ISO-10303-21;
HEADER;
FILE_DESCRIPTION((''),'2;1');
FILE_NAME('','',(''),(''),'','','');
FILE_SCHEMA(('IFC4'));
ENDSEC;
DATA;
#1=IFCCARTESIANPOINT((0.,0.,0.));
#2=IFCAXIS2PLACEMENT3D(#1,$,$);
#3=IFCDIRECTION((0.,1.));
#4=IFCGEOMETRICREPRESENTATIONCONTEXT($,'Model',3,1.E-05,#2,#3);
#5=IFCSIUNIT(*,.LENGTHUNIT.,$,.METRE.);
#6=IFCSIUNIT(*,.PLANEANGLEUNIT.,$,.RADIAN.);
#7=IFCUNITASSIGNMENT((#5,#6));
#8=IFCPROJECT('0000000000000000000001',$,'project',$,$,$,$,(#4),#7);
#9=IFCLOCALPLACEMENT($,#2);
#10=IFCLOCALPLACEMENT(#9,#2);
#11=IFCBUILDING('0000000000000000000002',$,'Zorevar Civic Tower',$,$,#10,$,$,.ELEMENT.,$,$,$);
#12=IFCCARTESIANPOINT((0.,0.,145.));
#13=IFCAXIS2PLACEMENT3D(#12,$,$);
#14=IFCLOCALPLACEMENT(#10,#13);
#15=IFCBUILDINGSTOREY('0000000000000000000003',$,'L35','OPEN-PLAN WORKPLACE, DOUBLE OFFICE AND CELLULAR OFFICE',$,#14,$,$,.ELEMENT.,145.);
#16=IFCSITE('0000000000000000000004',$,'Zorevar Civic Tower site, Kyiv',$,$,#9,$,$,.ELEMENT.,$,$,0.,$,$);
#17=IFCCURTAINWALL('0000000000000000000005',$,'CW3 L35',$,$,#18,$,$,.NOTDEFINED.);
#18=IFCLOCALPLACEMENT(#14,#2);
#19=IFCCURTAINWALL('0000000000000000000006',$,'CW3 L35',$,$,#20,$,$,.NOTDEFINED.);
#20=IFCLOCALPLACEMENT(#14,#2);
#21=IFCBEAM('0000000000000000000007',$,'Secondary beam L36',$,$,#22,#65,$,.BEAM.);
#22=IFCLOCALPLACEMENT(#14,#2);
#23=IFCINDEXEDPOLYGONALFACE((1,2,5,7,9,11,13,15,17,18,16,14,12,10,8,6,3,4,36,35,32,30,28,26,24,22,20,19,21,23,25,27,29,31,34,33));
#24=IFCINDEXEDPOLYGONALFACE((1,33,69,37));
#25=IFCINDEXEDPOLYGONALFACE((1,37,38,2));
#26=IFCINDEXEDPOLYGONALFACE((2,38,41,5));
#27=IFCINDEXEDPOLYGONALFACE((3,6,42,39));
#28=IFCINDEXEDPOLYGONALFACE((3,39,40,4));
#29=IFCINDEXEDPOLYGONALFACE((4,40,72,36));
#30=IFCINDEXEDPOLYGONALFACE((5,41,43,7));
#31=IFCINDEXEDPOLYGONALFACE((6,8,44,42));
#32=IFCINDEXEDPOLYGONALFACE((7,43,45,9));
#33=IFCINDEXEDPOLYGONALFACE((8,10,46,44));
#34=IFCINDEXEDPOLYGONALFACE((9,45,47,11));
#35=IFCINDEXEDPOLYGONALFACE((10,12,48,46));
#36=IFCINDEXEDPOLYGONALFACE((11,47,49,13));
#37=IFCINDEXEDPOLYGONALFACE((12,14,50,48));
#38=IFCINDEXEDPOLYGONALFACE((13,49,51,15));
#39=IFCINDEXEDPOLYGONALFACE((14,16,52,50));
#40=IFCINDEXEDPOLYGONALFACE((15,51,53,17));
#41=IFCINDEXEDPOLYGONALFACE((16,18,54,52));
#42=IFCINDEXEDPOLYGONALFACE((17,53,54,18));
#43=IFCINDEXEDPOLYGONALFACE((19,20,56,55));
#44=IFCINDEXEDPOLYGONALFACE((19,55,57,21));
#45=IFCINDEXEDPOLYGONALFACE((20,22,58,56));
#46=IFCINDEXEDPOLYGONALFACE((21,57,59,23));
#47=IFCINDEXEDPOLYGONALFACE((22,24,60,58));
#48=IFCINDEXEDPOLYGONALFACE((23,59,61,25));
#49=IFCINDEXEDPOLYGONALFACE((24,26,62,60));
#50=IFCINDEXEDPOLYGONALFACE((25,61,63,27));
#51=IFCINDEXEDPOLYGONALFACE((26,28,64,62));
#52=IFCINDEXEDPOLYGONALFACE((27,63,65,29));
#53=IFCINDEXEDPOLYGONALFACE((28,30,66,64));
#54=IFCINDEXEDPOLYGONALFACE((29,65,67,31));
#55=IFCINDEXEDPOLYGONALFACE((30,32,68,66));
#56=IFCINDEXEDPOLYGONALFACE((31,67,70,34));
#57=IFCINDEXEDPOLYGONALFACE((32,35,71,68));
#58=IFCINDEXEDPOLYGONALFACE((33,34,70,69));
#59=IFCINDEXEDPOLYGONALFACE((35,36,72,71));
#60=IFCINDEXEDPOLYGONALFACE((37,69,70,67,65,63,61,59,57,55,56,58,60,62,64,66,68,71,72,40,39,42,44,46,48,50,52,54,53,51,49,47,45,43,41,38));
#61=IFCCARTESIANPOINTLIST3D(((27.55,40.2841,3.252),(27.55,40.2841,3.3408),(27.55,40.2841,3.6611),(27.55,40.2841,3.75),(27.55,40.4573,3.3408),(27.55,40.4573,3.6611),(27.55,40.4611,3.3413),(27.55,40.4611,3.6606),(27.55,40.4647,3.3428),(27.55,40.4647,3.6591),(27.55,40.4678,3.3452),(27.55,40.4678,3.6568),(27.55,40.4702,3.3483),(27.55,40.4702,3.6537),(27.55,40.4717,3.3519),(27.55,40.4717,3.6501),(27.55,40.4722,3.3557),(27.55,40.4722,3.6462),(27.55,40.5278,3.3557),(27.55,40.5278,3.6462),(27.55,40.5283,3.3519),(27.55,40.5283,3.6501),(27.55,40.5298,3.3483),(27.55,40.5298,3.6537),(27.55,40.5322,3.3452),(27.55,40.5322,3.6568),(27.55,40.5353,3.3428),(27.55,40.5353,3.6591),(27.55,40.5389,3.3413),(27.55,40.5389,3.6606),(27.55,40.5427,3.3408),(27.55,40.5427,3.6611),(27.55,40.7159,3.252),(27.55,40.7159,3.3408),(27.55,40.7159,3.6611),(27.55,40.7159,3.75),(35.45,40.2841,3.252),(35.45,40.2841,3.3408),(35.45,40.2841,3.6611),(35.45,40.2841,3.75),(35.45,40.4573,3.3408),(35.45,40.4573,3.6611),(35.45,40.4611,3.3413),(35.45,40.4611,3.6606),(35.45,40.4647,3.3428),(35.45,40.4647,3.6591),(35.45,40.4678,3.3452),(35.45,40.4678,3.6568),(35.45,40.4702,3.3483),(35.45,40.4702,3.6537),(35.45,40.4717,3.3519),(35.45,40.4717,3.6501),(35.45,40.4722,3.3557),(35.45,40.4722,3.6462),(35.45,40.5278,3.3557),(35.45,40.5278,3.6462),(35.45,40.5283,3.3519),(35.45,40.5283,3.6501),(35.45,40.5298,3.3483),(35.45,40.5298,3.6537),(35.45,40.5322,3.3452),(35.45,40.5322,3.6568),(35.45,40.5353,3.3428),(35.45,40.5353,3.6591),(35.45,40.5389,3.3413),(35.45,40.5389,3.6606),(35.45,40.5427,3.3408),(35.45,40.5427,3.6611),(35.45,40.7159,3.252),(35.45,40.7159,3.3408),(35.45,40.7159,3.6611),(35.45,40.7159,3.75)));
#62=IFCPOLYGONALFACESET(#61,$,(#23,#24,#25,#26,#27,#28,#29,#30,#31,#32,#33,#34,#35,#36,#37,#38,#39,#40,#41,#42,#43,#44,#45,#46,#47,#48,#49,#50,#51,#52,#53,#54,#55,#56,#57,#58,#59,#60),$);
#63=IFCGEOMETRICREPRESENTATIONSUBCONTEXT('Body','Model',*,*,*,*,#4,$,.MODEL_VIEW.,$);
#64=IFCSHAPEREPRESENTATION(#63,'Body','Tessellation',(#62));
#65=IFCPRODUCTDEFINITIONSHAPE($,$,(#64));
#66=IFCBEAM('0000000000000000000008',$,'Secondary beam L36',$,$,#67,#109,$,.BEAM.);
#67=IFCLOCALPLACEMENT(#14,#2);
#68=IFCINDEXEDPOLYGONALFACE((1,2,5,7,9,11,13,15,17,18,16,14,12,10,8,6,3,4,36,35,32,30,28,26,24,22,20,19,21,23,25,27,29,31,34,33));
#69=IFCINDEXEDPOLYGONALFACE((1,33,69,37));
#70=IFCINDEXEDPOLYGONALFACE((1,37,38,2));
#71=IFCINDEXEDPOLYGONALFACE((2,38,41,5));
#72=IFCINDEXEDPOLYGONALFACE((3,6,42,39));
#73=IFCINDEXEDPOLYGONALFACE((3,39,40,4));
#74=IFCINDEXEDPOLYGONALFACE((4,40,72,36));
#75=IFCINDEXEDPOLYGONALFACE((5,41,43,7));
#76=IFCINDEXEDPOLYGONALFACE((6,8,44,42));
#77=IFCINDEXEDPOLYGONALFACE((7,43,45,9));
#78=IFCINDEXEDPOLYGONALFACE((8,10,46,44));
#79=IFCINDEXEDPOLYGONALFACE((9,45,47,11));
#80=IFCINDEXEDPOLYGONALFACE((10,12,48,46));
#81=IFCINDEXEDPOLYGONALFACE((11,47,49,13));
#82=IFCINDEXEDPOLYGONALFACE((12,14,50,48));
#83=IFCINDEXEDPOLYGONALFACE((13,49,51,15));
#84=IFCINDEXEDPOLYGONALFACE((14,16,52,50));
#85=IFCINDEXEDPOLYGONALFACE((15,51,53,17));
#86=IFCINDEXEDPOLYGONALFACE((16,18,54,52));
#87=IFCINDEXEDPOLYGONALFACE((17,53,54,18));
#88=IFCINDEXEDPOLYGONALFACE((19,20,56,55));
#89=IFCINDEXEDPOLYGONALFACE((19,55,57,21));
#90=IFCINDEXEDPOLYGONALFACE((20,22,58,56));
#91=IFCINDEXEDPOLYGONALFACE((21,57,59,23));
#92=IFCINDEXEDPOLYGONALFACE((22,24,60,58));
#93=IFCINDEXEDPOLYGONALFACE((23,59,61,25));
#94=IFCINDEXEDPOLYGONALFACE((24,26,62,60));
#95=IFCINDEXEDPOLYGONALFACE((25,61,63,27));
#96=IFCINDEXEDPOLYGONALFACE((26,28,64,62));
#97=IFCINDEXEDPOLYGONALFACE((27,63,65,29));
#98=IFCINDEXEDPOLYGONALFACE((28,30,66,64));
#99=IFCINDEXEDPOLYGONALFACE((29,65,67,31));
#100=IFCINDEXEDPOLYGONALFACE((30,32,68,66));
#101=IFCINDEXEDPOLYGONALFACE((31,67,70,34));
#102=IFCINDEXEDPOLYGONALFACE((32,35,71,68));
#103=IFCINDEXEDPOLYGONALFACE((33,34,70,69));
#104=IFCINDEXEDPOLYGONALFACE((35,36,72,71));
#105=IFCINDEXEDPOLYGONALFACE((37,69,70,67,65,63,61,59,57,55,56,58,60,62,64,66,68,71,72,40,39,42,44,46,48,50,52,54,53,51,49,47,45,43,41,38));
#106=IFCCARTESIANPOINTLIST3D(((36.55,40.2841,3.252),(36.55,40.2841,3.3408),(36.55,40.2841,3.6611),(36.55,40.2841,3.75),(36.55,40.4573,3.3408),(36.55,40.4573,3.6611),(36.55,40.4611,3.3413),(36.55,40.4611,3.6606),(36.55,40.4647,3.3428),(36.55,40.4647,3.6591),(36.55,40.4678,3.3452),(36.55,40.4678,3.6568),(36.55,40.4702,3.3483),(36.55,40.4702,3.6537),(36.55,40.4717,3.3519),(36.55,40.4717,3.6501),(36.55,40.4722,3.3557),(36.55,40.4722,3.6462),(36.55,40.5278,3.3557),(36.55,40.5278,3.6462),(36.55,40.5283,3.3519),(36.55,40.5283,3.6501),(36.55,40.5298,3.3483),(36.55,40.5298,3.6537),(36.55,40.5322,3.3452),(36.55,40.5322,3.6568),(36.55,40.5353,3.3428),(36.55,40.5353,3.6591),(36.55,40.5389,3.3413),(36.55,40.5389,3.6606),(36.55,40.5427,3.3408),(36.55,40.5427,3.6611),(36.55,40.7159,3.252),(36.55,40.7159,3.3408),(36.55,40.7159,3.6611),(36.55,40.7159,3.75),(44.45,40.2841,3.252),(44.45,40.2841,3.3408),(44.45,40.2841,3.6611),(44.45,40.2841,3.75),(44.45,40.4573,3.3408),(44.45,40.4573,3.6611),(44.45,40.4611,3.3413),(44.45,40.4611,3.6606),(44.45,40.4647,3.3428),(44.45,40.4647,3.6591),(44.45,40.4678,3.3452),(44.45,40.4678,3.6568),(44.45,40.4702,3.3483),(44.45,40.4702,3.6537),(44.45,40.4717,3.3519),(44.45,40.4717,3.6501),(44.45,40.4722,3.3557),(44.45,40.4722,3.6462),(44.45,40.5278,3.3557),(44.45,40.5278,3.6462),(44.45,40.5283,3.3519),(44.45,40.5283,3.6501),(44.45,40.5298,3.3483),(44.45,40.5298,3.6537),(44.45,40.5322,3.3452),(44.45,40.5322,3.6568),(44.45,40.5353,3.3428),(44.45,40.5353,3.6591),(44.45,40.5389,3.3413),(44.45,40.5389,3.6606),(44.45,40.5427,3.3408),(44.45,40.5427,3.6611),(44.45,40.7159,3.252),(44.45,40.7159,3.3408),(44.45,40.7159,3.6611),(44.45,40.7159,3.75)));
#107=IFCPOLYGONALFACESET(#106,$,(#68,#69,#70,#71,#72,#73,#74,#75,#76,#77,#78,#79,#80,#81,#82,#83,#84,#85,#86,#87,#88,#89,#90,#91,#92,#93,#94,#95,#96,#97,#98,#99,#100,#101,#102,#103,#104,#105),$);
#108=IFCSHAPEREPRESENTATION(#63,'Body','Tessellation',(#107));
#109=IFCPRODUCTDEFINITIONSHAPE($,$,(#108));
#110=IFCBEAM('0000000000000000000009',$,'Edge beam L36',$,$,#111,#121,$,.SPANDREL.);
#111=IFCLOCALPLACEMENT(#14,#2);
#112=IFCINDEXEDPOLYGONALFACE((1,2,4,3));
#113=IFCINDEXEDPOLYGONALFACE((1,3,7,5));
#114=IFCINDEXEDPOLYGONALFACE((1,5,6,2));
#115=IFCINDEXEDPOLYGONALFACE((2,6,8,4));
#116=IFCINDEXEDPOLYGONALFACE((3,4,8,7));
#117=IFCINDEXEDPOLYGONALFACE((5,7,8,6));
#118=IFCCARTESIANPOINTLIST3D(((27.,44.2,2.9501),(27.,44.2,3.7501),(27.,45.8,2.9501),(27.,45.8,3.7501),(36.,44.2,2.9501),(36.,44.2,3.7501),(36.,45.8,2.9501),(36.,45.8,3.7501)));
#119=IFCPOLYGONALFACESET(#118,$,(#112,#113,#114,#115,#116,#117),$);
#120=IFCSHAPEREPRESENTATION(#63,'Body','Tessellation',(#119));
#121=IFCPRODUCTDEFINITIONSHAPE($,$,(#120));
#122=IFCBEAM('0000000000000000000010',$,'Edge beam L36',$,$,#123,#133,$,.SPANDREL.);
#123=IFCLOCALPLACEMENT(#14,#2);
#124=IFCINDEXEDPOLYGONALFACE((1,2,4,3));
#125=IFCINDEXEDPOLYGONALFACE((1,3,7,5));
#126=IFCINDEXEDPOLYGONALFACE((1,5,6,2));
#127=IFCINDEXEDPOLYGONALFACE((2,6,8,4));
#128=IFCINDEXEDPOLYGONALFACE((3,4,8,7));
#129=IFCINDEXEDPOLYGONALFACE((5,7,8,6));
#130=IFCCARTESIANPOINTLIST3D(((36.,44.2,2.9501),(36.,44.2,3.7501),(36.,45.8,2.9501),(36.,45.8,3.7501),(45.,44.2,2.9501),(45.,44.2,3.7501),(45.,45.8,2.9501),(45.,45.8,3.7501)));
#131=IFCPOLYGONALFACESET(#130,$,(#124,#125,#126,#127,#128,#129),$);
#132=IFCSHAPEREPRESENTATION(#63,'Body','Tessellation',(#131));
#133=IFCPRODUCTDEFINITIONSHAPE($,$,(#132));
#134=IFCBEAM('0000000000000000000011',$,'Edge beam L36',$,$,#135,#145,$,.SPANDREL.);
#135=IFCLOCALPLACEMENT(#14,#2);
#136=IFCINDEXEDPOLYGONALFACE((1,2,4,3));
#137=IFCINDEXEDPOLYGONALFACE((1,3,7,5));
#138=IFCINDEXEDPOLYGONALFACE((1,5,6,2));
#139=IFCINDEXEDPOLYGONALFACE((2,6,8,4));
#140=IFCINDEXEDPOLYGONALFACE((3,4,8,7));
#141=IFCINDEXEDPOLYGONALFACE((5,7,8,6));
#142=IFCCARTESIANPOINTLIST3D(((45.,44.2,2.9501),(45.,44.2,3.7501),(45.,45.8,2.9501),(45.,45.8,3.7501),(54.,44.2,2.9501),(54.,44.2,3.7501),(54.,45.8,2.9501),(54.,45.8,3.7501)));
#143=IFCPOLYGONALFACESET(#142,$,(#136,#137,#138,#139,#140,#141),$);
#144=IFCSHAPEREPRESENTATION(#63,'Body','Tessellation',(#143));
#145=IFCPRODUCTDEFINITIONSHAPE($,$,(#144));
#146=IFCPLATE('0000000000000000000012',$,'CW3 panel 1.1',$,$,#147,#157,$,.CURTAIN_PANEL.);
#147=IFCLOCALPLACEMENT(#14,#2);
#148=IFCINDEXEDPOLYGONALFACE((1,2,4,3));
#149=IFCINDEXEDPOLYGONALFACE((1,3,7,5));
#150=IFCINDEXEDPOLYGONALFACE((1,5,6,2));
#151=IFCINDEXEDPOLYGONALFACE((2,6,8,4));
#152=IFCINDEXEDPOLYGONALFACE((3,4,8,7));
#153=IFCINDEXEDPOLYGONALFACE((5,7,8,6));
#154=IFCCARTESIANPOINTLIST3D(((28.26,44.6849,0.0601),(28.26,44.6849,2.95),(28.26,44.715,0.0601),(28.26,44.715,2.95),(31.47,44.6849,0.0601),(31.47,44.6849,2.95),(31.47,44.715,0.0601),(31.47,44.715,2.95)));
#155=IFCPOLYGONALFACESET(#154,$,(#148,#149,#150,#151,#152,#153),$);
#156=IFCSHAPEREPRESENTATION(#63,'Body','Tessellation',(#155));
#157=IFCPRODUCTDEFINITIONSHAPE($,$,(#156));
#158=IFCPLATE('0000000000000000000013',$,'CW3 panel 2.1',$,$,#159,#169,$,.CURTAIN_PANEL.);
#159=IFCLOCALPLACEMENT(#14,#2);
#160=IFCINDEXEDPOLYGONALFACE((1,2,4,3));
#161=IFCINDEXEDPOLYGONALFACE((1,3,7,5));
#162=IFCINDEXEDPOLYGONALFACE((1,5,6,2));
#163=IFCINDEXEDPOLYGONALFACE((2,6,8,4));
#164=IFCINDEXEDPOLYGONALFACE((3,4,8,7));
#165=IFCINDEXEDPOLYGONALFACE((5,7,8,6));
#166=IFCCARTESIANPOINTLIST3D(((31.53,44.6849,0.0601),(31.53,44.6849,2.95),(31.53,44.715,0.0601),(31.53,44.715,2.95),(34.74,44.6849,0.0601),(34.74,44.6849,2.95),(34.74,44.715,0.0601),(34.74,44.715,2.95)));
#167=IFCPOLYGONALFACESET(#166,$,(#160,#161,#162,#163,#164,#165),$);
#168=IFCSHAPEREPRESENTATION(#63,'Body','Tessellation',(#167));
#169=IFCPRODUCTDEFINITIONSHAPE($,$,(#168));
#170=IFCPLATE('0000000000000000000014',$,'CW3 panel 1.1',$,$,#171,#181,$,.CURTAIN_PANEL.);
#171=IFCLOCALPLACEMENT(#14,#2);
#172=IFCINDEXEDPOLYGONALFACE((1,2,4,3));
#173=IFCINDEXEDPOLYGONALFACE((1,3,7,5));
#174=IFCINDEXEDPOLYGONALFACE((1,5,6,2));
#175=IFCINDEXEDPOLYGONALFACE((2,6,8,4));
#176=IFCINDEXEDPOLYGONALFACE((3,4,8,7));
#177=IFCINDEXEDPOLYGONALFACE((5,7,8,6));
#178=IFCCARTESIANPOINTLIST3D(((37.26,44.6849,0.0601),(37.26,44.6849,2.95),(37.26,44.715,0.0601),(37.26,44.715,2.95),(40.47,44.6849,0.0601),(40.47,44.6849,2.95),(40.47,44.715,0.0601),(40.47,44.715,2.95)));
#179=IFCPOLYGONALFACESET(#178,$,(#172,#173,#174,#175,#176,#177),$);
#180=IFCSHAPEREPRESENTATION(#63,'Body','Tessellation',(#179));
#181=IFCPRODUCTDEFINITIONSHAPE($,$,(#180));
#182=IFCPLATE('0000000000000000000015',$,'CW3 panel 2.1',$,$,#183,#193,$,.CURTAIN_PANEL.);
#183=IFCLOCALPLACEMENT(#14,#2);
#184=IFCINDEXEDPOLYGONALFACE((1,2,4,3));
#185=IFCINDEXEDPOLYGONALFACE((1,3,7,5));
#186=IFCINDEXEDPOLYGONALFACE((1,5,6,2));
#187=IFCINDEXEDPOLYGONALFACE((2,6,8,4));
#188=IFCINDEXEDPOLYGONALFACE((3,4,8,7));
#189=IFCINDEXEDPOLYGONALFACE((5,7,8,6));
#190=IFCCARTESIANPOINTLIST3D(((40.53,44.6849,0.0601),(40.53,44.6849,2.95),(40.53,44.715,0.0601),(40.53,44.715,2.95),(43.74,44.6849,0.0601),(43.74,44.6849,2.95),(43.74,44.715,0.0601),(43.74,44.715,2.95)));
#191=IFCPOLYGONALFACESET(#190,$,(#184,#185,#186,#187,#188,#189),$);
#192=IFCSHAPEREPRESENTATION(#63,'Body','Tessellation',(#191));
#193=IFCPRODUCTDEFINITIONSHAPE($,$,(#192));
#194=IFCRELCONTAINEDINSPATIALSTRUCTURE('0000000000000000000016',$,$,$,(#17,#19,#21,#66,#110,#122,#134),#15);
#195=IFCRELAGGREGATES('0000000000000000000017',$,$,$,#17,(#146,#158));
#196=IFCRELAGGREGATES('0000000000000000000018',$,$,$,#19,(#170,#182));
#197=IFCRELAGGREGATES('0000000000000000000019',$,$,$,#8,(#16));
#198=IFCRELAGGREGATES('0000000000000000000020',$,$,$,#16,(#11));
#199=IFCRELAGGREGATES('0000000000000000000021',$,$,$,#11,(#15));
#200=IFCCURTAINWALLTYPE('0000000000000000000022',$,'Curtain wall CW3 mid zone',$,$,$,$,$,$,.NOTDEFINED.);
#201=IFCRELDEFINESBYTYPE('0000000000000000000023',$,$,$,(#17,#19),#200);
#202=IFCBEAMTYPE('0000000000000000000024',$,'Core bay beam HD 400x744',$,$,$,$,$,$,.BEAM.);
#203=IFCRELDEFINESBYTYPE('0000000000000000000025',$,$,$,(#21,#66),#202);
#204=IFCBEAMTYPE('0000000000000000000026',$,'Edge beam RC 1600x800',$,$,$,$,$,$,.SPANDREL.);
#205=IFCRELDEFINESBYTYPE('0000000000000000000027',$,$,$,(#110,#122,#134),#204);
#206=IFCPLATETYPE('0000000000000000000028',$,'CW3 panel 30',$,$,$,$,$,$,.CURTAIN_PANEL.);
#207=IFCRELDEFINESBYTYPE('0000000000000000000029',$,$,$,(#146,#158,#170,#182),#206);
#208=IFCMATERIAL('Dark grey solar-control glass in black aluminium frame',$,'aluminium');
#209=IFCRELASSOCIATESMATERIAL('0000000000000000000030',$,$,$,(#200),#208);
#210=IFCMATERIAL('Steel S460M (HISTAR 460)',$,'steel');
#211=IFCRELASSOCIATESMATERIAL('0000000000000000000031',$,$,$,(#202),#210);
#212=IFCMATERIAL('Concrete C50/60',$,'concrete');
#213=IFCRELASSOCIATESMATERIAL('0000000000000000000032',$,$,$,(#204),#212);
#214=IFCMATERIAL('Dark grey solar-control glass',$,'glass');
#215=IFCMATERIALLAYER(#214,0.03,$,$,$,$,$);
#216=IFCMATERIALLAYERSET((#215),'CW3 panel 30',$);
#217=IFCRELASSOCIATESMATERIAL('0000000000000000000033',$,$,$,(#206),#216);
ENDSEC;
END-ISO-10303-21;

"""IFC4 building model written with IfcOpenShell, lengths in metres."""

from ifc_helpers import new_model, si_unit, direction, frame, origin, origin_2d, place, context, subcontext, project, spatial, rectangle, i_section, extrude, material, layer, layer_set, material_profile, profile_set, type_object, element, aggregate, save


model = new_model("IFC4")

# Units and contexts
model_context = context("Model", 3, precision=1e-05, world=origin(), true_north=direction((0.0, 1.0)))
body_context = subcontext(model_context, "Body", "Model", "MODEL_VIEW")
ifc_project = project(units=[si_unit("LENGTHUNIT", "METRE"), si_unit("PLANEANGLEUNIT", "RADIAN")], contexts=[model_context])

# Site, building, storey
site_placement = place(None, origin())
site = spatial("IfcSite", under=ifc_project, at=site_placement, Name="Zorevar Civic Tower site, Kyiv", CompositionType="ELEMENT", RefElevation=0.0)
building_placement = place(site_placement, origin())
building = spatial("IfcBuilding", under=site, at=building_placement, Name="Zorevar Civic Tower", CompositionType="ELEMENT")
storey_placement = place(building_placement, frame((0.0, 0.0, 145.0)))
storey = spatial("IfcBuildingStorey", under=building, at=storey_placement, Name="L35", Description="OPEN-PLAN WORKPLACE, DOUBLE OFFICE AND CELLULAR OFFICE", CompositionType="ELEMENT", Elevation=145.0)

# Shared definitions
ifc_material_1 = material(Name="Dark grey solar-control glass in black aluminium frame", Category="aluminium")
curtain_wall_type = type_object("IfcCurtainWallType", Name="Curtain wall CW3 mid zone", PredefinedType="NOTDEFINED", material=ifc_material_1)

# Curtain walls
curtain_wall_1_placement = place(storey_placement, origin())
curtain_wall_1 = element("IfcCurtainWall", 1, at=curtain_wall_1_placement, inside=storey, type_object=curtain_wall_type, Name="CW3 L35", PredefinedType="NOTDEFINED")
curtain_wall_2_placement = place(storey_placement, origin())
curtain_wall_2 = element("IfcCurtainWall", 2, at=curtain_wall_2_placement, inside=storey, type_object=curtain_wall_type, Name="CW3 L35", PredefinedType="NOTDEFINED")

# Beams
ifc_material_2 = material(Name="Steel S460M (HISTAR 460)", Category="steel")
ifc_material_profile_1 = material_profile(ifc_material_2, i_section(OverallWidth=0.4319, OverallDepth=0.498, WebThickness=0.0557, FlangeThickness=0.0889, FilletRadius=0.0149, at=origin_2d()), Name="HD 400x744")
ifc_profile_set_1 = profile_set([ifc_material_profile_1], Name="Steel S460M (HISTAR 460)")
beam_type_1 = type_object("IfcBeamType", Name="Core bay beam HD 400x744", PredefinedType="BEAM", material=ifc_profile_set_1)
for number, where, z_axis, x_axis, name in (
    (3, (27.55, 40.5, 3.501), (1.0, 0.0, 0.0), (0.0, 1.0, 0.0), "Secondary beam L36"),
    (4, (36.55, 40.5, 3.501), (1.0, 0.0, 0.0), (0.0, 1.0, 0.0), "Secondary beam L36"),
):
    element("IfcBeam", number, at=place(storey_placement, frame(where, z_axis=z_axis, x_axis=x_axis)), inside=storey, type_object=beam_type_1, Name=name, PredefinedType="BEAM", context=body_context, shape_type="SweptSolid", body=[
        extrude(i_section(OverallWidth=0.4319, OverallDepth=0.498, WebThickness=0.0557, FlangeThickness=0.0889, FilletRadius=0.0149, at=origin_2d()), origin(), (0.0, 0.0, 1.0), 7.8999),
    ])
ifc_material_3 = material(Name="Concrete C50/60", Category="concrete")
ifc_material_profile_2 = material_profile(ifc_material_3, rectangle(XDim=1.6001, YDim=0.8, at=origin_2d()), Name="RC 1600x800")
ifc_profile_set_2 = profile_set([ifc_material_profile_2], Name="Concrete C50/60")
beam_type_2 = type_object("IfcBeamType", Name="Edge beam RC 1600x800", PredefinedType="SPANDREL", material=ifc_profile_set_2)
for number, where, z_axis, x_axis, name in (
    (5, (27.0, 45.0, 3.3501), (1.0, 0.0, 0.0), (0.0, 1.0, 0.0), "Edge beam L36"),
    (6, (36.0, 45.0, 3.3501), (1.0, 0.0, 0.0), (0.0, 1.0, 0.0), "Edge beam L36"),
    (7, (45.0, 45.0, 3.3501), (1.0, 0.0, 0.0), (0.0, 1.0, 0.0), "Edge beam L36"),
):
    element("IfcBeam", number, at=place(storey_placement, frame(where, z_axis=z_axis, x_axis=x_axis)), inside=storey, type_object=beam_type_2, Name=name, PredefinedType="SPANDREL", context=body_context, shape_type="SweptSolid", body=[
        extrude(rectangle(XDim=1.6001, YDim=0.8, at=origin_2d()), origin(), (0.0, 0.0, 1.0), 9.0),
    ])

# Plates
ifc_material_4 = material(Name="Dark grey solar-control glass", Category="glass")
ifc_layer_1 = layer(ifc_material_4, 0.03)
ifc_layer_set_1 = layer_set([ifc_layer_1], Name="CW3 panel 30")
plate_type = type_object("IfcPlateType", Name="CW3 panel 30", PredefinedType="CURTAIN_PANEL", material=ifc_layer_set_1)
plate_1_placement = place(storey_placement, frame((29.865, 44.7, 0.0601), z_axis=(0.0, 0.0, 1.0), x_axis=(1.0, 0.0, 0.0)))
plate_1 = element("IfcPlate", 8, at=plate_1_placement, type_object=plate_type, Name="CW3 panel 1.1", PredefinedType="CURTAIN_PANEL", context=body_context, shape_type="SweptSolid", body=[
    extrude(rectangle(XDim=3.21, YDim=0.03, at=origin_2d()), origin(), (0.0, 0.0, 1.0), 2.8899),
])
plate_2_placement = place(storey_placement, frame((33.135, 44.7, 0.0601), z_axis=(0.0, 0.0, 1.0), x_axis=(1.0, 0.0, 0.0)))
plate_2 = element("IfcPlate", 9, at=plate_2_placement, type_object=plate_type, Name="CW3 panel 2.1", PredefinedType="CURTAIN_PANEL", context=body_context, shape_type="SweptSolid", body=[
    extrude(rectangle(XDim=3.21, YDim=0.03, at=origin_2d()), origin(), (0.0, 0.0, 1.0), 2.8899),
])
aggregate(curtain_wall_1, [plate_1, plate_2])
plate_3_placement = place(storey_placement, frame((38.865, 44.7, 0.0601), z_axis=(0.0, 0.0, 1.0), x_axis=(1.0, 0.0, 0.0)))
plate_3 = element("IfcPlate", 10, at=plate_3_placement, type_object=plate_type, Name="CW3 panel 1.1", PredefinedType="CURTAIN_PANEL", context=body_context, shape_type="SweptSolid", body=[
    extrude(rectangle(XDim=3.21, YDim=0.03, at=origin_2d()), origin(), (0.0, 0.0, 1.0), 2.8899),
])
plate_4_placement = place(storey_placement, frame((42.135, 44.7, 0.0601), z_axis=(0.0, 0.0, 1.0), x_axis=(1.0, 0.0, 0.0)))
plate_4 = element("IfcPlate", 11, at=plate_4_placement, type_object=plate_type, Name="CW3 panel 2.1", PredefinedType="CURTAIN_PANEL", context=body_context, shape_type="SweptSolid", body=[
    extrude(rectangle(XDim=3.21, YDim=0.03, at=origin_2d()), origin(), (0.0, 0.0, 1.0), 2.8899),
])
aggregate(curtain_wall_2, [plate_3, plate_4])

save(model, "model.ifc")
